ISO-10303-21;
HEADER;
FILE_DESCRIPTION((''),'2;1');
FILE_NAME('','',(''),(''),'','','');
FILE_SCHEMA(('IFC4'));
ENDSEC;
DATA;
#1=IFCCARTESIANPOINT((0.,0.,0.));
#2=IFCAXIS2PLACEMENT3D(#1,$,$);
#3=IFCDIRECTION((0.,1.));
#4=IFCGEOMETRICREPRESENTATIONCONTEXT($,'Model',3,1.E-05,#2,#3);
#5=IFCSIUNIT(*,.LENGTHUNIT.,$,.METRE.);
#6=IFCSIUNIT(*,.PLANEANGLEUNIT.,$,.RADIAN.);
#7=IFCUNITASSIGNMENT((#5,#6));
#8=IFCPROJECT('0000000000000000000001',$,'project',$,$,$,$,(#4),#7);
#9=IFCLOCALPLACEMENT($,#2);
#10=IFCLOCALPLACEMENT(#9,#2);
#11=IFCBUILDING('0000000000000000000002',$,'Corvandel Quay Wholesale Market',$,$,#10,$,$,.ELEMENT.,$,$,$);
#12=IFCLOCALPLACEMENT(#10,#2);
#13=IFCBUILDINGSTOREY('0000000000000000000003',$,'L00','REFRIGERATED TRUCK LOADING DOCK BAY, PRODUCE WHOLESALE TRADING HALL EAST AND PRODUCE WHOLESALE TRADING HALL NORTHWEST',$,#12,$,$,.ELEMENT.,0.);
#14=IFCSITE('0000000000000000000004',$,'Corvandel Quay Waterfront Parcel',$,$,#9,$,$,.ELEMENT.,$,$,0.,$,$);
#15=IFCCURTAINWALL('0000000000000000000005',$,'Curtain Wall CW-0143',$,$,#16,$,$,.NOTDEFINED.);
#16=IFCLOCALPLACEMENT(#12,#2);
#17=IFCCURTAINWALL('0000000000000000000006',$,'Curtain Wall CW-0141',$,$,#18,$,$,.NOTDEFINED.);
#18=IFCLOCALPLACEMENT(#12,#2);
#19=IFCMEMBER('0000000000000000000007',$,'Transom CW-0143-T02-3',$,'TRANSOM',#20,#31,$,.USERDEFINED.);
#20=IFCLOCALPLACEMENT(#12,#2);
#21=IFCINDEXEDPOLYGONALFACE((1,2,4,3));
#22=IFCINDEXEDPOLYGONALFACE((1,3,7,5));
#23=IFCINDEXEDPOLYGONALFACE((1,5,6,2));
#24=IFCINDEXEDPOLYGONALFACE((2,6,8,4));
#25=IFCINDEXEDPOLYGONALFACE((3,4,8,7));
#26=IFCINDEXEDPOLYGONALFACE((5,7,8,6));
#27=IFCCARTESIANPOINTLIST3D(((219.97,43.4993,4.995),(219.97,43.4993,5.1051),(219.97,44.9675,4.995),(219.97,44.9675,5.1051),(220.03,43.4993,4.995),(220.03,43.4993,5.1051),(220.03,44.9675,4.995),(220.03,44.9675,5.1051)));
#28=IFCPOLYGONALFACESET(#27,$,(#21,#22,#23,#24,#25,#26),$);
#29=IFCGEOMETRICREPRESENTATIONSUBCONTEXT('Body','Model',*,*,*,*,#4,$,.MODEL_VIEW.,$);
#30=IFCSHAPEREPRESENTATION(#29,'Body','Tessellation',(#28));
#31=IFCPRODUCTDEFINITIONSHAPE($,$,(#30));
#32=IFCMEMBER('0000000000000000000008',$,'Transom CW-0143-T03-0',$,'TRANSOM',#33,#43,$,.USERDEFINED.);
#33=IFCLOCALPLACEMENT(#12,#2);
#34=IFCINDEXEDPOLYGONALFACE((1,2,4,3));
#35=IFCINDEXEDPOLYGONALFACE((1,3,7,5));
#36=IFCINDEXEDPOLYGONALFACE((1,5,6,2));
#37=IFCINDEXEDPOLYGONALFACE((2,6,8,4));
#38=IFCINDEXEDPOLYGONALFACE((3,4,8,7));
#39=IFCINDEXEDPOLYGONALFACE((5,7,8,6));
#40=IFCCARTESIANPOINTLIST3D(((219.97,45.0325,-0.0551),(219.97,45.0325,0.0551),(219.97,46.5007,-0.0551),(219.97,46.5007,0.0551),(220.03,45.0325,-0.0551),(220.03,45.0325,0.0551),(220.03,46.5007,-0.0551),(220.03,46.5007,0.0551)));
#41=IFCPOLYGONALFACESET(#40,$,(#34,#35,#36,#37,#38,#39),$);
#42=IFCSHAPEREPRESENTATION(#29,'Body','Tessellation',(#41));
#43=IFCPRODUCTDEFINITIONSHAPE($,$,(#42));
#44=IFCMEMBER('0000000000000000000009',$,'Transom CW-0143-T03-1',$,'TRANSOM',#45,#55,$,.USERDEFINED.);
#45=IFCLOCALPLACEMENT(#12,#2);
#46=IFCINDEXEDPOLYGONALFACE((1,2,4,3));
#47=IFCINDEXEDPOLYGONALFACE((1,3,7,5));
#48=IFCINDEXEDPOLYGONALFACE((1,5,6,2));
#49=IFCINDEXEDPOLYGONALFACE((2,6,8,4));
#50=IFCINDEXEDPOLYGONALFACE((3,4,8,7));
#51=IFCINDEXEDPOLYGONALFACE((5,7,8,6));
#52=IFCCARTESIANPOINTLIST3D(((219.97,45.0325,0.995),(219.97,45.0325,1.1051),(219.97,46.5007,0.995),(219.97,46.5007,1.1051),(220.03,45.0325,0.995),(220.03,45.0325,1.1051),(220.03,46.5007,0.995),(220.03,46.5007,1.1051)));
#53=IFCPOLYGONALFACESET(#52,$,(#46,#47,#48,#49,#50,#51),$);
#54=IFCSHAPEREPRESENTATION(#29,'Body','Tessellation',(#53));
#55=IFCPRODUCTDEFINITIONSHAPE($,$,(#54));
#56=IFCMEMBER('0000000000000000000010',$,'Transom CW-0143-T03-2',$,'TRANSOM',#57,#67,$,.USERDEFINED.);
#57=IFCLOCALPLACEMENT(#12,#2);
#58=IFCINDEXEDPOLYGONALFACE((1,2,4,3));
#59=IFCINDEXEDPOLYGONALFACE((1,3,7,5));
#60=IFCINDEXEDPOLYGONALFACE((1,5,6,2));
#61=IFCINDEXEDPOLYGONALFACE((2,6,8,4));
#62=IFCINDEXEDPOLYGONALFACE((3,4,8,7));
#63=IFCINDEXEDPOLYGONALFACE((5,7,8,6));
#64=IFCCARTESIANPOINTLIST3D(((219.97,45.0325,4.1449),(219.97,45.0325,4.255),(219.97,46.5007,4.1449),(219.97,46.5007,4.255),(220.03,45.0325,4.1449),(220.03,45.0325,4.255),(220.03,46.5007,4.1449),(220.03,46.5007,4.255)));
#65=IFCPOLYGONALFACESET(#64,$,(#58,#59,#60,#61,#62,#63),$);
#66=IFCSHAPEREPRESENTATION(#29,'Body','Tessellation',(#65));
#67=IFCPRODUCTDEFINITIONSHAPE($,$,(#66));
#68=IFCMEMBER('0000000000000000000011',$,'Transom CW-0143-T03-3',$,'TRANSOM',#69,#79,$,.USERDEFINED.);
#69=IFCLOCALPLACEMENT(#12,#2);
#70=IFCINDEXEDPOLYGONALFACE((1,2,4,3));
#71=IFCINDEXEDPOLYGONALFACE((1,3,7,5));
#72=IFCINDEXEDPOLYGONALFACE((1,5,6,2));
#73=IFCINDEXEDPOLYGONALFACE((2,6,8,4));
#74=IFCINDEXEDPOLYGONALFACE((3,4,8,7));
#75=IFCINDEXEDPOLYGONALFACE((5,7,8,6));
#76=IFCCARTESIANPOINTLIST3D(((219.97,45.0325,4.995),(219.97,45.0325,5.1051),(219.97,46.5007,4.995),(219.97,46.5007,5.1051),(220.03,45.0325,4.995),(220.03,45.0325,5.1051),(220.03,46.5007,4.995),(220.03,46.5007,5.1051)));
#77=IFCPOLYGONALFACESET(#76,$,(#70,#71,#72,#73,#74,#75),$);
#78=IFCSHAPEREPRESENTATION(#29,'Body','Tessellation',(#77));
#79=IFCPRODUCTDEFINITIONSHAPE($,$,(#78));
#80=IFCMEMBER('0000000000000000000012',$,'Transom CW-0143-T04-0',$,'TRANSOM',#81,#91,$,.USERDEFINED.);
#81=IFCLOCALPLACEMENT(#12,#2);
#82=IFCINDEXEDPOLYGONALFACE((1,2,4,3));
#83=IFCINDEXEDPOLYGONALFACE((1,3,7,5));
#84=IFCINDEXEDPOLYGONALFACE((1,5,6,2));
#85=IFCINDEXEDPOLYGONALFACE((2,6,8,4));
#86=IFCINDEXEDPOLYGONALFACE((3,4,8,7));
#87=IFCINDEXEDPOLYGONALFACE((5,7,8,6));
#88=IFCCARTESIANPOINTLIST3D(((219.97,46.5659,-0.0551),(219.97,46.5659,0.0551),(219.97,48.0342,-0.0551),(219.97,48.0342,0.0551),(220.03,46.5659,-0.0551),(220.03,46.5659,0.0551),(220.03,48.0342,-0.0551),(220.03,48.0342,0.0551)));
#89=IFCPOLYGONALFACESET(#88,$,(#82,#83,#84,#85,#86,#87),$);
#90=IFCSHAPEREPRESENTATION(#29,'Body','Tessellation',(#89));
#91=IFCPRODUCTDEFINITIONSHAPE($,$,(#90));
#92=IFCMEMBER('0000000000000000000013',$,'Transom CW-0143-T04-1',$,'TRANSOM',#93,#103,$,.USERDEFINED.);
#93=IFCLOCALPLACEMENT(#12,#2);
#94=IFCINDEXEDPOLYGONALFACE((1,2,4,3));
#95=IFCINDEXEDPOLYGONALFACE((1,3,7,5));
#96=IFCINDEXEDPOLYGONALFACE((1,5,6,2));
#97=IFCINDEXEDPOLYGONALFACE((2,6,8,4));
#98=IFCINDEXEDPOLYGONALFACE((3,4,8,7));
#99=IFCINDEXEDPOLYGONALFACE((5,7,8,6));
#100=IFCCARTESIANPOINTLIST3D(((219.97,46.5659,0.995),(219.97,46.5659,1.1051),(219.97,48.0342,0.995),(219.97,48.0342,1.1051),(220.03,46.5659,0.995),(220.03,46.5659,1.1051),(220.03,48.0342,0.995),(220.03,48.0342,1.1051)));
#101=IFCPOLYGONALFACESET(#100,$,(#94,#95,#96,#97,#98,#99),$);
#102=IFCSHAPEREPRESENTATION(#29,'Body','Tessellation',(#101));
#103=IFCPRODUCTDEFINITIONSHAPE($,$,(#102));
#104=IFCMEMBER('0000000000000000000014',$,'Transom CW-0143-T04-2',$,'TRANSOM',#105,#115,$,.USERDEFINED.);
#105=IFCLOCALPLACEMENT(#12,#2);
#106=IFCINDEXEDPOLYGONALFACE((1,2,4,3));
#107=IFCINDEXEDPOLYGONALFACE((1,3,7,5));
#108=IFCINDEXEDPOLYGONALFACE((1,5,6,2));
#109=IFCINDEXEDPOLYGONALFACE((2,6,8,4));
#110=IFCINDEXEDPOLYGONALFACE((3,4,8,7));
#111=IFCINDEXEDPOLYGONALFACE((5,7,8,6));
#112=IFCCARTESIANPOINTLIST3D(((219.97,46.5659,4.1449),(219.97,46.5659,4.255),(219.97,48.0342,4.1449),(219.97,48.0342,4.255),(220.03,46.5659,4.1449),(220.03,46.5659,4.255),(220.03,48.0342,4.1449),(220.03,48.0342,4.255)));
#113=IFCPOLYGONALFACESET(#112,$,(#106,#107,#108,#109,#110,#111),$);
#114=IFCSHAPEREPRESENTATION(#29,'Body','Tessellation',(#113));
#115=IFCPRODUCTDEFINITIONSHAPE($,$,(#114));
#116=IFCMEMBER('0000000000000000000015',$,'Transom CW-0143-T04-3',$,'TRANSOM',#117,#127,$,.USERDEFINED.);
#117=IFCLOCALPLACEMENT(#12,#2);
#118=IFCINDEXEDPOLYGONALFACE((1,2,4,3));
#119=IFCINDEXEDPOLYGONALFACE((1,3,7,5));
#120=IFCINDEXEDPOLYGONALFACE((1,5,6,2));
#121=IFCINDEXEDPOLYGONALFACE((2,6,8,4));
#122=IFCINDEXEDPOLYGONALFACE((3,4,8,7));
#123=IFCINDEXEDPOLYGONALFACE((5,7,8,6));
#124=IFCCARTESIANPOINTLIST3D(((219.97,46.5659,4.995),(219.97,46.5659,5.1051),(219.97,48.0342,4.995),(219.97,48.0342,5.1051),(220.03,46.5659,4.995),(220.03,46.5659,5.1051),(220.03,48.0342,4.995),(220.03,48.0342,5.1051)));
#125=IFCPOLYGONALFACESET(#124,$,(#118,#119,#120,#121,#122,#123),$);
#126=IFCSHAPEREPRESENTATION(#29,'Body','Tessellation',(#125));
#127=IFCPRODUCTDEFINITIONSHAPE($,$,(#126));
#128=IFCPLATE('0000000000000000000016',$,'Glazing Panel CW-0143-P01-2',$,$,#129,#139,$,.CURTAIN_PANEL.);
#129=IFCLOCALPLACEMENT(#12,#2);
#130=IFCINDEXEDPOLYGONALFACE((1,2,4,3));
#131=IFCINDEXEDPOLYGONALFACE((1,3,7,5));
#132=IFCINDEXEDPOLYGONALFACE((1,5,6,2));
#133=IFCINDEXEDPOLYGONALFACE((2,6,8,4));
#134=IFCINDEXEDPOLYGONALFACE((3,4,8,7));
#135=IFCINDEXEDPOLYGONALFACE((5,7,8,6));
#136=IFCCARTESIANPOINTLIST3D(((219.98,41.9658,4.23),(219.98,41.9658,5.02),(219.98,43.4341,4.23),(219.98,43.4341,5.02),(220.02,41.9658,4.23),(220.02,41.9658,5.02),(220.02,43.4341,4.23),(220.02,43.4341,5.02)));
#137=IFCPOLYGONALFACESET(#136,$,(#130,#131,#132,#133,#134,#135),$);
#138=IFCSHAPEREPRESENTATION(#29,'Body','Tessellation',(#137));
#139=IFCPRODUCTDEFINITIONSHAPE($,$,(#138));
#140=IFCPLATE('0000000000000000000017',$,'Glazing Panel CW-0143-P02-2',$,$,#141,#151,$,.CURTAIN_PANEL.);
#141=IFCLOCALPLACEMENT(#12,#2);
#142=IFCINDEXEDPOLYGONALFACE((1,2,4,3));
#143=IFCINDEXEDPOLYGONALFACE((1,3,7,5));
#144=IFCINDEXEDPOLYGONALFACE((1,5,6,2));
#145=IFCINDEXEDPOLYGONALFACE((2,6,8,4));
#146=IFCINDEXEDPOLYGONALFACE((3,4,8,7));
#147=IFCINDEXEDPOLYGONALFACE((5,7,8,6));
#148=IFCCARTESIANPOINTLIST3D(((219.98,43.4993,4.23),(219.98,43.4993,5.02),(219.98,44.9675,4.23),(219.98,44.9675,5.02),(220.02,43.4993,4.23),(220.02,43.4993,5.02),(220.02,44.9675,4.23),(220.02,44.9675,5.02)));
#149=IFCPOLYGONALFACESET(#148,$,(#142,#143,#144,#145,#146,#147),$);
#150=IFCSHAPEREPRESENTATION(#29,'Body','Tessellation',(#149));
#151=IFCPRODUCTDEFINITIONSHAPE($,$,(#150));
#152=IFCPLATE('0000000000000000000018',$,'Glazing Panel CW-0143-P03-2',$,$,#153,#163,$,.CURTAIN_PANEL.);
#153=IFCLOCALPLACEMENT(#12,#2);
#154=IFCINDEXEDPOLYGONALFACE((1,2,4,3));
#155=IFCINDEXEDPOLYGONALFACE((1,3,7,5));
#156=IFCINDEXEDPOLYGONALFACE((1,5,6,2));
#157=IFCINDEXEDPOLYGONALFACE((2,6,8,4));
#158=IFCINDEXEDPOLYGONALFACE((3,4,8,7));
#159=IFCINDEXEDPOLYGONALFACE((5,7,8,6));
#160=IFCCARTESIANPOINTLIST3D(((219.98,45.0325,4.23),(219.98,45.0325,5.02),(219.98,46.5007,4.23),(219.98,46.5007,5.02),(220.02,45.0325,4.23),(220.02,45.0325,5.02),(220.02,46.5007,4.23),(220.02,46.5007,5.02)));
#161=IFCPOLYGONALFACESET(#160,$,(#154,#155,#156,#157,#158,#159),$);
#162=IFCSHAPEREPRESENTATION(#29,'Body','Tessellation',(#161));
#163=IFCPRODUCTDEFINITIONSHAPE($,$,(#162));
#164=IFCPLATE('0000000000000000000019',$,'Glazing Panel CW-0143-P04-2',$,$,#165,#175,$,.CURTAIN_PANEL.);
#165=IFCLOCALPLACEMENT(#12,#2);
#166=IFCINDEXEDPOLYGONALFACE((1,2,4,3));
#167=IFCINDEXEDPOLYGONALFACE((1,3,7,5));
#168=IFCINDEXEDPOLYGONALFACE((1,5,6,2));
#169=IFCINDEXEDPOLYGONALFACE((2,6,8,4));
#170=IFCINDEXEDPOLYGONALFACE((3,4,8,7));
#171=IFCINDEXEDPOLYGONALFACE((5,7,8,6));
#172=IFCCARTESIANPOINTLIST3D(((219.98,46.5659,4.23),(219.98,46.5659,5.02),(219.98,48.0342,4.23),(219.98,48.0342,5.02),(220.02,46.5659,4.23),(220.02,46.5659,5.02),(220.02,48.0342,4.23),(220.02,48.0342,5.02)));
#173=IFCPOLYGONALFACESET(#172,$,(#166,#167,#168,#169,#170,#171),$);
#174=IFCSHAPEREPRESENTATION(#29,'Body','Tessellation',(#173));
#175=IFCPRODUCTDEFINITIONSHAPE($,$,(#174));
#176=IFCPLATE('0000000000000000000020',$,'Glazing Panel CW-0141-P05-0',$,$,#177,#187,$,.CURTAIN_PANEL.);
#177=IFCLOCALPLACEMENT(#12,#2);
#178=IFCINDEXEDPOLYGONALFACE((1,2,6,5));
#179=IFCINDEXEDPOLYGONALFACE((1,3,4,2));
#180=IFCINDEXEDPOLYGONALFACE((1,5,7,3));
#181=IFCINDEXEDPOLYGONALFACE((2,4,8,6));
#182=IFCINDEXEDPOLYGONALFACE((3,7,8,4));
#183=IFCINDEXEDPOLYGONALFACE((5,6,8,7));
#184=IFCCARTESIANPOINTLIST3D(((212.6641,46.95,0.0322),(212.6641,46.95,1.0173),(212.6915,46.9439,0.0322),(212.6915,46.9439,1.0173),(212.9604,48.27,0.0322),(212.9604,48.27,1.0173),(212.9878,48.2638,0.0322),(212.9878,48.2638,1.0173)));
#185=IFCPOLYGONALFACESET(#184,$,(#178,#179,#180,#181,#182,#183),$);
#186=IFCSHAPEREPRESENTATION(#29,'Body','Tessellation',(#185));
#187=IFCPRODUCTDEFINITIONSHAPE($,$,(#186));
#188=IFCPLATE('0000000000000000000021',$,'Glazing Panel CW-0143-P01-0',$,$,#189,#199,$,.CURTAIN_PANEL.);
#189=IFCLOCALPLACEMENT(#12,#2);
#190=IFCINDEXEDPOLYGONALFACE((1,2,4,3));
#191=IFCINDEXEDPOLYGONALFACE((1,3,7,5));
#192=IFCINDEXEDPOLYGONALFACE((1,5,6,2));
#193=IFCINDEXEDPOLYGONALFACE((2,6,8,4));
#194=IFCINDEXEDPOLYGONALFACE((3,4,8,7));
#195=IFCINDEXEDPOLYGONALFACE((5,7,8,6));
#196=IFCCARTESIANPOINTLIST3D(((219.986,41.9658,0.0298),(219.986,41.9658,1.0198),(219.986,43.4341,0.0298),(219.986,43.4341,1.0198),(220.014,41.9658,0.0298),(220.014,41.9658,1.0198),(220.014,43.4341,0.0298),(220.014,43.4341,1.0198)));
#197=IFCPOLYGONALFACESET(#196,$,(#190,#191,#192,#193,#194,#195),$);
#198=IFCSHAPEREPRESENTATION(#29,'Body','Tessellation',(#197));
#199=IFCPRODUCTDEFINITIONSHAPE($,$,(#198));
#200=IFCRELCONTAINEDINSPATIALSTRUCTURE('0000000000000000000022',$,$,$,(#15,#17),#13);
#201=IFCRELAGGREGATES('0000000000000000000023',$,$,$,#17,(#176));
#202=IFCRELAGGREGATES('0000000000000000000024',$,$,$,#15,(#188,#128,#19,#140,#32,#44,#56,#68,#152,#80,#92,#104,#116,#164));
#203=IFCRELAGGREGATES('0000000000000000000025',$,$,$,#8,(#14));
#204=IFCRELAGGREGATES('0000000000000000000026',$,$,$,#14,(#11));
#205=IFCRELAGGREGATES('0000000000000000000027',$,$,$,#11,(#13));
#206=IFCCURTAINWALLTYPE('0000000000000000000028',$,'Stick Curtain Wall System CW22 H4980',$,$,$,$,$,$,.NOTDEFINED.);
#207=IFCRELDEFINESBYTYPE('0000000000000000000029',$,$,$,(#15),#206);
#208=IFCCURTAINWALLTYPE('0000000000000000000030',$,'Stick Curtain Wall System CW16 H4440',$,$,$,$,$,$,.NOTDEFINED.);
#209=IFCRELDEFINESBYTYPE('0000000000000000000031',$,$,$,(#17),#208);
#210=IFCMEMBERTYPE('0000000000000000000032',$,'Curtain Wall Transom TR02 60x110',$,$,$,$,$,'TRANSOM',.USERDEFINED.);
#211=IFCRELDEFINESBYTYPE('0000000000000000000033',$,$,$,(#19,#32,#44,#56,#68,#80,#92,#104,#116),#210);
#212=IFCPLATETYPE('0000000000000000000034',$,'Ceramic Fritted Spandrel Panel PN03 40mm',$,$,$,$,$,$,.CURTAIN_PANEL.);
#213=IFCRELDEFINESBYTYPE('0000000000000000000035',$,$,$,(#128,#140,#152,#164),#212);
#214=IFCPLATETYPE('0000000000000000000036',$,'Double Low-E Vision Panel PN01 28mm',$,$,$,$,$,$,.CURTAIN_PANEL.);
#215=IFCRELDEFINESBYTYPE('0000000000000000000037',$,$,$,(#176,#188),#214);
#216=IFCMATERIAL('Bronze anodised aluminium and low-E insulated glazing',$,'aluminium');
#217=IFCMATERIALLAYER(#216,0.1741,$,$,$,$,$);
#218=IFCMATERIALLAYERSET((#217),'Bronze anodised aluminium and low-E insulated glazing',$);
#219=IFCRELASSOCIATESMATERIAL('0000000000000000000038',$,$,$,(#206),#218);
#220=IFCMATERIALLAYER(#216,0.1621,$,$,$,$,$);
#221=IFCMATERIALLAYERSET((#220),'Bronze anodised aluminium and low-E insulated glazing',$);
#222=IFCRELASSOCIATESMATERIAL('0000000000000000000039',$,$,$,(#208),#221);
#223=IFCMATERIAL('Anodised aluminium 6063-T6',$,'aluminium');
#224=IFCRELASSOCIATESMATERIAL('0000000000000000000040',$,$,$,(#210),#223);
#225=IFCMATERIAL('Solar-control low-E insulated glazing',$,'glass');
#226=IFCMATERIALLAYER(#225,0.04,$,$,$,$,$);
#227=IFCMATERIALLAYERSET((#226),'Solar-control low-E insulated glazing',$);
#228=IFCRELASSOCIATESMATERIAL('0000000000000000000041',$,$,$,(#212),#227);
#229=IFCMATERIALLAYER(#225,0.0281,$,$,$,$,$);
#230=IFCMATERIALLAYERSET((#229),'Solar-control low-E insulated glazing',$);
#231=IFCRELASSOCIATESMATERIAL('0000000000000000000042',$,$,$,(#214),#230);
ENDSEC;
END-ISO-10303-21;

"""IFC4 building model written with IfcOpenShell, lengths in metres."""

from ifc_helpers import new_model, si_unit, direction, frame, origin, origin_2d, place, context, subcontext, project, spatial, rectangle, extrude, material, layer, layer_set, material_profile, profile_set, type_object, element, aggregate, save


model = new_model("IFC4")

# Units and contexts
model_context = context("Model", 3, precision=1e-05, world=origin(), true_north=direction((0.0, 1.0)))
body_context = subcontext(model_context, "Body", "Model", "MODEL_VIEW")
ifc_project = project(units=[si_unit("LENGTHUNIT", "METRE"), si_unit("PLANEANGLEUNIT", "RADIAN")], contexts=[model_context])

# Site, building, storey
site_placement = place(None, origin())
site = spatial("IfcSite", under=ifc_project, at=site_placement, Name="Corvandel Quay Waterfront Parcel", CompositionType="ELEMENT", RefElevation=0.0)
building_placement = place(site_placement, origin())
building = spatial("IfcBuilding", under=site, at=building_placement, Name="Corvandel Quay Wholesale Market", CompositionType="ELEMENT")
storey_placement = place(building_placement, origin())
storey = spatial("IfcBuildingStorey", under=building, at=storey_placement, Name="L00", Description="REFRIGERATED TRUCK LOADING DOCK BAY, PRODUCE WHOLESALE TRADING HALL EAST AND PRODUCE WHOLESALE TRADING HALL NORTHWEST", CompositionType="ELEMENT", Elevation=0.0)

# Curtain walls
ifc_material_1 = material(Name="Bronze anodised aluminium and low-E insulated glazing", Category="aluminium")
ifc_layer_1 = layer(ifc_material_1, 0.1741)
ifc_layer_set_1 = layer_set([ifc_layer_1], Name="Bronze anodised aluminium and low-E insulated glazing")
curtain_wall_type_1 = type_object("IfcCurtainWallType", Name="Stick Curtain Wall System CW22 H4980", PredefinedType="NOTDEFINED", material=ifc_layer_set_1)
curtain_wall_1_placement = place(storey_placement, origin())
curtain_wall_1 = element("IfcCurtainWall", 1, at=curtain_wall_1_placement, inside=storey, type_object=curtain_wall_type_1, Name="Curtain Wall CW-0143", PredefinedType="NOTDEFINED")
ifc_material_2 = material(Name="Anodised aluminium 6063-T6", Category="aluminium")
ifc_layer_2 = layer(ifc_material_1, 0.1621)
ifc_layer_set_2 = layer_set([ifc_layer_2], Name="Bronze anodised aluminium and low-E insulated glazing")
curtain_wall_type_2 = type_object("IfcCurtainWallType", Name="Stick Curtain Wall System CW16 H4440", PredefinedType="NOTDEFINED", material=ifc_layer_set_2)
curtain_wall_2_placement = place(storey_placement, origin())
curtain_wall_2 = element("IfcCurtainWall", 2, at=curtain_wall_2_placement, inside=storey, type_object=curtain_wall_type_2, Name="Curtain Wall CW-0141", PredefinedType="NOTDEFINED")

# Members
ifc_material_profile_1 = material_profile(ifc_material_2, rectangle(XDim=0.0601, YDim=0.1101, at=origin_2d()), Name="ALU-TRN-60x110")
ifc_profile_set_1 = profile_set([ifc_material_profile_1], Name="Anodised aluminium 6063-T6")
member_type_1 = type_object("IfcMemberType", Name="Curtain Wall Transom TR02 60x110", ElementType="TRANSOM", PredefinedType="USERDEFINED", material=ifc_profile_set_1)
member_1_placement = place(storey_placement, frame((220.0, 43.4993, 5.05), z_axis=(0.0, 1.0, 0.0), x_axis=(-1.0, 0.0, 0.0)))
member_1 = element("IfcMember", 3, at=member_1_placement, type_object=member_type_1, Name="Transom CW-0143-T02-3", ObjectType="TRANSOM", PredefinedType="USERDEFINED", context=body_context, shape_type="SweptSolid", body=[
    extrude(rectangle(XDim=0.0601, YDim=0.1101, at=origin_2d()), origin(), (0.0, 0.0, 1.0), 1.4683),
])
member_2_placement = place(storey_placement, frame((220.0, 45.0325, 0.0), z_axis=(0.0, 1.0, 0.0), x_axis=(-1.0, 0.0, 0.0)))
member_2 = element("IfcMember", 4, at=member_2_placement, type_object=member_type_1, Name="Transom CW-0143-T03-0", ObjectType="TRANSOM", PredefinedType="USERDEFINED", context=body_context, shape_type="SweptSolid", body=[
    extrude(rectangle(XDim=0.0601, YDim=0.1101, at=origin_2d()), origin(), (0.0, 0.0, 1.0), 1.4683),
])
member_3_placement = place(storey_placement, frame((220.0, 45.0325, 1.05), z_axis=(0.0, 1.0, 0.0), x_axis=(-1.0, 0.0, 0.0)))
member_3 = element("IfcMember", 5, at=member_3_placement, type_object=member_type_1, Name="Transom CW-0143-T03-1", ObjectType="TRANSOM", PredefinedType="USERDEFINED", context=body_context, shape_type="SweptSolid", body=[
    extrude(rectangle(XDim=0.0601, YDim=0.1101, at=origin_2d()), origin(), (0.0, 0.0, 1.0), 1.4683),
])
member_4_placement = place(storey_placement, frame((220.0, 45.0325, 4.2), z_axis=(0.0, 1.0, 0.0), x_axis=(-1.0, 0.0, 0.0)))
member_4 = element("IfcMember", 6, at=member_4_placement, type_object=member_type_1, Name="Transom CW-0143-T03-2", ObjectType="TRANSOM", PredefinedType="USERDEFINED", context=body_context, shape_type="SweptSolid", body=[
    extrude(rectangle(XDim=0.0601, YDim=0.1101, at=origin_2d()), origin(), (0.0, 0.0, 1.0), 1.4683),
])
member_5_placement = place(storey_placement, frame((220.0, 45.0325, 5.05), z_axis=(0.0, 1.0, 0.0), x_axis=(-1.0, 0.0, 0.0)))
member_5 = element("IfcMember", 7, at=member_5_placement, type_object=member_type_1, Name="Transom CW-0143-T03-3", ObjectType="TRANSOM", PredefinedType="USERDEFINED", context=body_context, shape_type="SweptSolid", body=[
    extrude(rectangle(XDim=0.0601, YDim=0.1101, at=origin_2d()), origin(), (0.0, 0.0, 1.0), 1.4683),
])
member_6_placement = place(storey_placement, frame((220.0, 46.5659, 0.0), z_axis=(0.0, 1.0, 0.0), x_axis=(-1.0, 0.0, 0.0)))
member_6 = element("IfcMember", 8, at=member_6_placement, type_object=member_type_1, Name="Transom CW-0143-T04-0", ObjectType="TRANSOM", PredefinedType="USERDEFINED", context=body_context, shape_type="SweptSolid", body=[
    extrude(rectangle(XDim=0.0601, YDim=0.1101, at=origin_2d()), origin(), (0.0, 0.0, 1.0), 1.4683),
])
member_7_placement = place(storey_placement, frame((220.0, 46.5659, 1.05), z_axis=(0.0, 1.0, 0.0), x_axis=(-1.0, 0.0, 0.0)))
member_7 = element("IfcMember", 9, at=member_7_placement, type_object=member_type_1, Name="Transom CW-0143-T04-1", ObjectType="TRANSOM", PredefinedType="USERDEFINED", context=body_context, shape_type="SweptSolid", body=[
    extrude(rectangle(XDim=0.0601, YDim=0.1101, at=origin_2d()), origin(), (0.0, 0.0, 1.0), 1.4683),
])
member_8_placement = place(storey_placement, frame((220.0, 46.5659, 4.2), z_axis=(0.0, 1.0, 0.0), x_axis=(-1.0, 0.0, 0.0)))
member_8 = element("IfcMember", 10, at=member_8_placement, type_object=member_type_1, Name="Transom CW-0143-T04-2", ObjectType="TRANSOM", PredefinedType="USERDEFINED", context=body_context, shape_type="SweptSolid", body=[
    extrude(rectangle(XDim=0.0601, YDim=0.1101, at=origin_2d()), origin(), (0.0, 0.0, 1.0), 1.4683),
])
member_9_placement = place(storey_placement, frame((220.0, 46.5659, 5.05), z_axis=(0.0, 1.0, 0.0), x_axis=(-1.0, 0.0, 0.0)))
member_9 = element("IfcMember", 11, at=member_9_placement, type_object=member_type_1, Name="Transom CW-0143-T04-3", ObjectType="TRANSOM", PredefinedType="USERDEFINED", context=body_context, shape_type="SweptSolid", body=[
    extrude(rectangle(XDim=0.0601, YDim=0.1101, at=origin_2d()), origin(), (0.0, 0.0, 1.0), 1.4683),
])

# Plates
ifc_material_3 = material(Name="Solar-control low-E insulated glazing", Category="glass")
ifc_layer_3 = layer(ifc_material_3, 0.04)
ifc_layer_set_3 = layer_set([ifc_layer_3], Name="Solar-control low-E insulated glazing")
plate_type_1 = type_object("IfcPlateType", Name="Ceramic Fritted Spandrel Panel PN03 40mm", PredefinedType="CURTAIN_PANEL", material=ifc_layer_set_3)
plate_1_placement = place(storey_placement, frame((220.0, 42.7, 4.23), z_axis=(0.0, 0.0, 1.0), x_axis=(0.0, 1.0, 0.0)))
plate_1 = element("IfcPlate", 12, at=plate_1_placement, type_object=plate_type_1, Name="Glazing Panel CW-0143-P01-2", PredefinedType="CURTAIN_PANEL", context=body_context, shape_type="SweptSolid", body=[
    extrude(rectangle(XDim=1.4683, YDim=0.04, at=origin_2d()), origin(), (0.0, 0.0, 1.0), 0.79),
])
plate_2_placement = place(storey_placement, frame((220.0, 44.2334, 4.23), z_axis=(0.0, 0.0, 1.0), x_axis=(0.0, 1.0, 0.0)))
plate_2 = element("IfcPlate", 13, at=plate_2_placement, type_object=plate_type_1, Name="Glazing Panel CW-0143-P02-2", PredefinedType="CURTAIN_PANEL", context=body_context, shape_type="SweptSolid", body=[
    extrude(rectangle(XDim=1.4683, YDim=0.04, at=origin_2d()), origin(), (0.0, 0.0, 1.0), 0.79),
])
plate_3_placement = place(storey_placement, frame((220.0, 45.7666, 4.23), z_axis=(0.0, 0.0, 1.0), x_axis=(0.0, 1.0, 0.0)))
plate_3 = element("IfcPlate", 14, at=plate_3_placement, type_object=plate_type_1, Name="Glazing Panel CW-0143-P03-2", PredefinedType="CURTAIN_PANEL", context=body_context, shape_type="SweptSolid", body=[
    extrude(rectangle(XDim=1.4683, YDim=0.04, at=origin_2d()), origin(), (0.0, 0.0, 1.0), 0.79),
])
plate_4_placement = place(storey_placement, frame((220.0, 47.3, 4.23), z_axis=(0.0, 0.0, 1.0), x_axis=(0.0, 1.0, 0.0)))
plate_4 = element("IfcPlate", 15, at=plate_4_placement, type_object=plate_type_1, Name="Glazing Panel CW-0143-P04-2", PredefinedType="CURTAIN_PANEL", context=body_context, shape_type="SweptSolid", body=[
    extrude(rectangle(XDim=1.4683, YDim=0.04, at=origin_2d()), origin(), (0.0, 0.0, 1.0), 0.79),
])
ifc_layer_4 = layer(ifc_material_3, 0.0281)
ifc_layer_set_4 = layer_set([ifc_layer_4], Name="Solar-control low-E insulated glazing")
plate_type_2 = type_object("IfcPlateType", Name="Double Low-E Vision Panel PN01 28mm", PredefinedType="CURTAIN_PANEL", material=ifc_layer_set_4)
plate_5_placement = place(storey_placement, frame((212.8259, 47.6069, 0.0322), z_axis=(0.0, 0.0, 1.0), x_axis=(0.218995, 0.975726, 0.0)))
plate_5 = element("IfcPlate", 16, at=plate_5_placement, type_object=plate_type_2, Name="Glazing Panel CW-0141-P05-0", PredefinedType="CURTAIN_PANEL", context=body_context, shape_type="SweptSolid", body=[
    extrude(rectangle(XDim=1.3528, YDim=0.0281, at=origin_2d()), origin(), (0.0, 0.0, 1.0), 0.9851),
])
aggregate(curtain_wall_2, [plate_5])
plate_6_placement = place(storey_placement, frame((220.0, 42.7, 0.0298), z_axis=(0.0, 0.0, 1.0), x_axis=(0.0, 1.0, 0.0)))
plate_6 = element("IfcPlate", 17, at=plate_6_placement, type_object=plate_type_2, Name="Glazing Panel CW-0143-P01-0", PredefinedType="CURTAIN_PANEL", context=body_context, shape_type="SweptSolid", body=[
    extrude(rectangle(XDim=1.4683, YDim=0.0281, at=origin_2d()), origin(), (0.0, 0.0, 1.0), 0.99),
])
aggregate(curtain_wall_1, [plate_6, plate_1, member_1, plate_2, member_2, member_3, member_4, member_5, plate_3, member_6, member_7, member_8, member_9, plate_4])

save(model, "model.ifc")
